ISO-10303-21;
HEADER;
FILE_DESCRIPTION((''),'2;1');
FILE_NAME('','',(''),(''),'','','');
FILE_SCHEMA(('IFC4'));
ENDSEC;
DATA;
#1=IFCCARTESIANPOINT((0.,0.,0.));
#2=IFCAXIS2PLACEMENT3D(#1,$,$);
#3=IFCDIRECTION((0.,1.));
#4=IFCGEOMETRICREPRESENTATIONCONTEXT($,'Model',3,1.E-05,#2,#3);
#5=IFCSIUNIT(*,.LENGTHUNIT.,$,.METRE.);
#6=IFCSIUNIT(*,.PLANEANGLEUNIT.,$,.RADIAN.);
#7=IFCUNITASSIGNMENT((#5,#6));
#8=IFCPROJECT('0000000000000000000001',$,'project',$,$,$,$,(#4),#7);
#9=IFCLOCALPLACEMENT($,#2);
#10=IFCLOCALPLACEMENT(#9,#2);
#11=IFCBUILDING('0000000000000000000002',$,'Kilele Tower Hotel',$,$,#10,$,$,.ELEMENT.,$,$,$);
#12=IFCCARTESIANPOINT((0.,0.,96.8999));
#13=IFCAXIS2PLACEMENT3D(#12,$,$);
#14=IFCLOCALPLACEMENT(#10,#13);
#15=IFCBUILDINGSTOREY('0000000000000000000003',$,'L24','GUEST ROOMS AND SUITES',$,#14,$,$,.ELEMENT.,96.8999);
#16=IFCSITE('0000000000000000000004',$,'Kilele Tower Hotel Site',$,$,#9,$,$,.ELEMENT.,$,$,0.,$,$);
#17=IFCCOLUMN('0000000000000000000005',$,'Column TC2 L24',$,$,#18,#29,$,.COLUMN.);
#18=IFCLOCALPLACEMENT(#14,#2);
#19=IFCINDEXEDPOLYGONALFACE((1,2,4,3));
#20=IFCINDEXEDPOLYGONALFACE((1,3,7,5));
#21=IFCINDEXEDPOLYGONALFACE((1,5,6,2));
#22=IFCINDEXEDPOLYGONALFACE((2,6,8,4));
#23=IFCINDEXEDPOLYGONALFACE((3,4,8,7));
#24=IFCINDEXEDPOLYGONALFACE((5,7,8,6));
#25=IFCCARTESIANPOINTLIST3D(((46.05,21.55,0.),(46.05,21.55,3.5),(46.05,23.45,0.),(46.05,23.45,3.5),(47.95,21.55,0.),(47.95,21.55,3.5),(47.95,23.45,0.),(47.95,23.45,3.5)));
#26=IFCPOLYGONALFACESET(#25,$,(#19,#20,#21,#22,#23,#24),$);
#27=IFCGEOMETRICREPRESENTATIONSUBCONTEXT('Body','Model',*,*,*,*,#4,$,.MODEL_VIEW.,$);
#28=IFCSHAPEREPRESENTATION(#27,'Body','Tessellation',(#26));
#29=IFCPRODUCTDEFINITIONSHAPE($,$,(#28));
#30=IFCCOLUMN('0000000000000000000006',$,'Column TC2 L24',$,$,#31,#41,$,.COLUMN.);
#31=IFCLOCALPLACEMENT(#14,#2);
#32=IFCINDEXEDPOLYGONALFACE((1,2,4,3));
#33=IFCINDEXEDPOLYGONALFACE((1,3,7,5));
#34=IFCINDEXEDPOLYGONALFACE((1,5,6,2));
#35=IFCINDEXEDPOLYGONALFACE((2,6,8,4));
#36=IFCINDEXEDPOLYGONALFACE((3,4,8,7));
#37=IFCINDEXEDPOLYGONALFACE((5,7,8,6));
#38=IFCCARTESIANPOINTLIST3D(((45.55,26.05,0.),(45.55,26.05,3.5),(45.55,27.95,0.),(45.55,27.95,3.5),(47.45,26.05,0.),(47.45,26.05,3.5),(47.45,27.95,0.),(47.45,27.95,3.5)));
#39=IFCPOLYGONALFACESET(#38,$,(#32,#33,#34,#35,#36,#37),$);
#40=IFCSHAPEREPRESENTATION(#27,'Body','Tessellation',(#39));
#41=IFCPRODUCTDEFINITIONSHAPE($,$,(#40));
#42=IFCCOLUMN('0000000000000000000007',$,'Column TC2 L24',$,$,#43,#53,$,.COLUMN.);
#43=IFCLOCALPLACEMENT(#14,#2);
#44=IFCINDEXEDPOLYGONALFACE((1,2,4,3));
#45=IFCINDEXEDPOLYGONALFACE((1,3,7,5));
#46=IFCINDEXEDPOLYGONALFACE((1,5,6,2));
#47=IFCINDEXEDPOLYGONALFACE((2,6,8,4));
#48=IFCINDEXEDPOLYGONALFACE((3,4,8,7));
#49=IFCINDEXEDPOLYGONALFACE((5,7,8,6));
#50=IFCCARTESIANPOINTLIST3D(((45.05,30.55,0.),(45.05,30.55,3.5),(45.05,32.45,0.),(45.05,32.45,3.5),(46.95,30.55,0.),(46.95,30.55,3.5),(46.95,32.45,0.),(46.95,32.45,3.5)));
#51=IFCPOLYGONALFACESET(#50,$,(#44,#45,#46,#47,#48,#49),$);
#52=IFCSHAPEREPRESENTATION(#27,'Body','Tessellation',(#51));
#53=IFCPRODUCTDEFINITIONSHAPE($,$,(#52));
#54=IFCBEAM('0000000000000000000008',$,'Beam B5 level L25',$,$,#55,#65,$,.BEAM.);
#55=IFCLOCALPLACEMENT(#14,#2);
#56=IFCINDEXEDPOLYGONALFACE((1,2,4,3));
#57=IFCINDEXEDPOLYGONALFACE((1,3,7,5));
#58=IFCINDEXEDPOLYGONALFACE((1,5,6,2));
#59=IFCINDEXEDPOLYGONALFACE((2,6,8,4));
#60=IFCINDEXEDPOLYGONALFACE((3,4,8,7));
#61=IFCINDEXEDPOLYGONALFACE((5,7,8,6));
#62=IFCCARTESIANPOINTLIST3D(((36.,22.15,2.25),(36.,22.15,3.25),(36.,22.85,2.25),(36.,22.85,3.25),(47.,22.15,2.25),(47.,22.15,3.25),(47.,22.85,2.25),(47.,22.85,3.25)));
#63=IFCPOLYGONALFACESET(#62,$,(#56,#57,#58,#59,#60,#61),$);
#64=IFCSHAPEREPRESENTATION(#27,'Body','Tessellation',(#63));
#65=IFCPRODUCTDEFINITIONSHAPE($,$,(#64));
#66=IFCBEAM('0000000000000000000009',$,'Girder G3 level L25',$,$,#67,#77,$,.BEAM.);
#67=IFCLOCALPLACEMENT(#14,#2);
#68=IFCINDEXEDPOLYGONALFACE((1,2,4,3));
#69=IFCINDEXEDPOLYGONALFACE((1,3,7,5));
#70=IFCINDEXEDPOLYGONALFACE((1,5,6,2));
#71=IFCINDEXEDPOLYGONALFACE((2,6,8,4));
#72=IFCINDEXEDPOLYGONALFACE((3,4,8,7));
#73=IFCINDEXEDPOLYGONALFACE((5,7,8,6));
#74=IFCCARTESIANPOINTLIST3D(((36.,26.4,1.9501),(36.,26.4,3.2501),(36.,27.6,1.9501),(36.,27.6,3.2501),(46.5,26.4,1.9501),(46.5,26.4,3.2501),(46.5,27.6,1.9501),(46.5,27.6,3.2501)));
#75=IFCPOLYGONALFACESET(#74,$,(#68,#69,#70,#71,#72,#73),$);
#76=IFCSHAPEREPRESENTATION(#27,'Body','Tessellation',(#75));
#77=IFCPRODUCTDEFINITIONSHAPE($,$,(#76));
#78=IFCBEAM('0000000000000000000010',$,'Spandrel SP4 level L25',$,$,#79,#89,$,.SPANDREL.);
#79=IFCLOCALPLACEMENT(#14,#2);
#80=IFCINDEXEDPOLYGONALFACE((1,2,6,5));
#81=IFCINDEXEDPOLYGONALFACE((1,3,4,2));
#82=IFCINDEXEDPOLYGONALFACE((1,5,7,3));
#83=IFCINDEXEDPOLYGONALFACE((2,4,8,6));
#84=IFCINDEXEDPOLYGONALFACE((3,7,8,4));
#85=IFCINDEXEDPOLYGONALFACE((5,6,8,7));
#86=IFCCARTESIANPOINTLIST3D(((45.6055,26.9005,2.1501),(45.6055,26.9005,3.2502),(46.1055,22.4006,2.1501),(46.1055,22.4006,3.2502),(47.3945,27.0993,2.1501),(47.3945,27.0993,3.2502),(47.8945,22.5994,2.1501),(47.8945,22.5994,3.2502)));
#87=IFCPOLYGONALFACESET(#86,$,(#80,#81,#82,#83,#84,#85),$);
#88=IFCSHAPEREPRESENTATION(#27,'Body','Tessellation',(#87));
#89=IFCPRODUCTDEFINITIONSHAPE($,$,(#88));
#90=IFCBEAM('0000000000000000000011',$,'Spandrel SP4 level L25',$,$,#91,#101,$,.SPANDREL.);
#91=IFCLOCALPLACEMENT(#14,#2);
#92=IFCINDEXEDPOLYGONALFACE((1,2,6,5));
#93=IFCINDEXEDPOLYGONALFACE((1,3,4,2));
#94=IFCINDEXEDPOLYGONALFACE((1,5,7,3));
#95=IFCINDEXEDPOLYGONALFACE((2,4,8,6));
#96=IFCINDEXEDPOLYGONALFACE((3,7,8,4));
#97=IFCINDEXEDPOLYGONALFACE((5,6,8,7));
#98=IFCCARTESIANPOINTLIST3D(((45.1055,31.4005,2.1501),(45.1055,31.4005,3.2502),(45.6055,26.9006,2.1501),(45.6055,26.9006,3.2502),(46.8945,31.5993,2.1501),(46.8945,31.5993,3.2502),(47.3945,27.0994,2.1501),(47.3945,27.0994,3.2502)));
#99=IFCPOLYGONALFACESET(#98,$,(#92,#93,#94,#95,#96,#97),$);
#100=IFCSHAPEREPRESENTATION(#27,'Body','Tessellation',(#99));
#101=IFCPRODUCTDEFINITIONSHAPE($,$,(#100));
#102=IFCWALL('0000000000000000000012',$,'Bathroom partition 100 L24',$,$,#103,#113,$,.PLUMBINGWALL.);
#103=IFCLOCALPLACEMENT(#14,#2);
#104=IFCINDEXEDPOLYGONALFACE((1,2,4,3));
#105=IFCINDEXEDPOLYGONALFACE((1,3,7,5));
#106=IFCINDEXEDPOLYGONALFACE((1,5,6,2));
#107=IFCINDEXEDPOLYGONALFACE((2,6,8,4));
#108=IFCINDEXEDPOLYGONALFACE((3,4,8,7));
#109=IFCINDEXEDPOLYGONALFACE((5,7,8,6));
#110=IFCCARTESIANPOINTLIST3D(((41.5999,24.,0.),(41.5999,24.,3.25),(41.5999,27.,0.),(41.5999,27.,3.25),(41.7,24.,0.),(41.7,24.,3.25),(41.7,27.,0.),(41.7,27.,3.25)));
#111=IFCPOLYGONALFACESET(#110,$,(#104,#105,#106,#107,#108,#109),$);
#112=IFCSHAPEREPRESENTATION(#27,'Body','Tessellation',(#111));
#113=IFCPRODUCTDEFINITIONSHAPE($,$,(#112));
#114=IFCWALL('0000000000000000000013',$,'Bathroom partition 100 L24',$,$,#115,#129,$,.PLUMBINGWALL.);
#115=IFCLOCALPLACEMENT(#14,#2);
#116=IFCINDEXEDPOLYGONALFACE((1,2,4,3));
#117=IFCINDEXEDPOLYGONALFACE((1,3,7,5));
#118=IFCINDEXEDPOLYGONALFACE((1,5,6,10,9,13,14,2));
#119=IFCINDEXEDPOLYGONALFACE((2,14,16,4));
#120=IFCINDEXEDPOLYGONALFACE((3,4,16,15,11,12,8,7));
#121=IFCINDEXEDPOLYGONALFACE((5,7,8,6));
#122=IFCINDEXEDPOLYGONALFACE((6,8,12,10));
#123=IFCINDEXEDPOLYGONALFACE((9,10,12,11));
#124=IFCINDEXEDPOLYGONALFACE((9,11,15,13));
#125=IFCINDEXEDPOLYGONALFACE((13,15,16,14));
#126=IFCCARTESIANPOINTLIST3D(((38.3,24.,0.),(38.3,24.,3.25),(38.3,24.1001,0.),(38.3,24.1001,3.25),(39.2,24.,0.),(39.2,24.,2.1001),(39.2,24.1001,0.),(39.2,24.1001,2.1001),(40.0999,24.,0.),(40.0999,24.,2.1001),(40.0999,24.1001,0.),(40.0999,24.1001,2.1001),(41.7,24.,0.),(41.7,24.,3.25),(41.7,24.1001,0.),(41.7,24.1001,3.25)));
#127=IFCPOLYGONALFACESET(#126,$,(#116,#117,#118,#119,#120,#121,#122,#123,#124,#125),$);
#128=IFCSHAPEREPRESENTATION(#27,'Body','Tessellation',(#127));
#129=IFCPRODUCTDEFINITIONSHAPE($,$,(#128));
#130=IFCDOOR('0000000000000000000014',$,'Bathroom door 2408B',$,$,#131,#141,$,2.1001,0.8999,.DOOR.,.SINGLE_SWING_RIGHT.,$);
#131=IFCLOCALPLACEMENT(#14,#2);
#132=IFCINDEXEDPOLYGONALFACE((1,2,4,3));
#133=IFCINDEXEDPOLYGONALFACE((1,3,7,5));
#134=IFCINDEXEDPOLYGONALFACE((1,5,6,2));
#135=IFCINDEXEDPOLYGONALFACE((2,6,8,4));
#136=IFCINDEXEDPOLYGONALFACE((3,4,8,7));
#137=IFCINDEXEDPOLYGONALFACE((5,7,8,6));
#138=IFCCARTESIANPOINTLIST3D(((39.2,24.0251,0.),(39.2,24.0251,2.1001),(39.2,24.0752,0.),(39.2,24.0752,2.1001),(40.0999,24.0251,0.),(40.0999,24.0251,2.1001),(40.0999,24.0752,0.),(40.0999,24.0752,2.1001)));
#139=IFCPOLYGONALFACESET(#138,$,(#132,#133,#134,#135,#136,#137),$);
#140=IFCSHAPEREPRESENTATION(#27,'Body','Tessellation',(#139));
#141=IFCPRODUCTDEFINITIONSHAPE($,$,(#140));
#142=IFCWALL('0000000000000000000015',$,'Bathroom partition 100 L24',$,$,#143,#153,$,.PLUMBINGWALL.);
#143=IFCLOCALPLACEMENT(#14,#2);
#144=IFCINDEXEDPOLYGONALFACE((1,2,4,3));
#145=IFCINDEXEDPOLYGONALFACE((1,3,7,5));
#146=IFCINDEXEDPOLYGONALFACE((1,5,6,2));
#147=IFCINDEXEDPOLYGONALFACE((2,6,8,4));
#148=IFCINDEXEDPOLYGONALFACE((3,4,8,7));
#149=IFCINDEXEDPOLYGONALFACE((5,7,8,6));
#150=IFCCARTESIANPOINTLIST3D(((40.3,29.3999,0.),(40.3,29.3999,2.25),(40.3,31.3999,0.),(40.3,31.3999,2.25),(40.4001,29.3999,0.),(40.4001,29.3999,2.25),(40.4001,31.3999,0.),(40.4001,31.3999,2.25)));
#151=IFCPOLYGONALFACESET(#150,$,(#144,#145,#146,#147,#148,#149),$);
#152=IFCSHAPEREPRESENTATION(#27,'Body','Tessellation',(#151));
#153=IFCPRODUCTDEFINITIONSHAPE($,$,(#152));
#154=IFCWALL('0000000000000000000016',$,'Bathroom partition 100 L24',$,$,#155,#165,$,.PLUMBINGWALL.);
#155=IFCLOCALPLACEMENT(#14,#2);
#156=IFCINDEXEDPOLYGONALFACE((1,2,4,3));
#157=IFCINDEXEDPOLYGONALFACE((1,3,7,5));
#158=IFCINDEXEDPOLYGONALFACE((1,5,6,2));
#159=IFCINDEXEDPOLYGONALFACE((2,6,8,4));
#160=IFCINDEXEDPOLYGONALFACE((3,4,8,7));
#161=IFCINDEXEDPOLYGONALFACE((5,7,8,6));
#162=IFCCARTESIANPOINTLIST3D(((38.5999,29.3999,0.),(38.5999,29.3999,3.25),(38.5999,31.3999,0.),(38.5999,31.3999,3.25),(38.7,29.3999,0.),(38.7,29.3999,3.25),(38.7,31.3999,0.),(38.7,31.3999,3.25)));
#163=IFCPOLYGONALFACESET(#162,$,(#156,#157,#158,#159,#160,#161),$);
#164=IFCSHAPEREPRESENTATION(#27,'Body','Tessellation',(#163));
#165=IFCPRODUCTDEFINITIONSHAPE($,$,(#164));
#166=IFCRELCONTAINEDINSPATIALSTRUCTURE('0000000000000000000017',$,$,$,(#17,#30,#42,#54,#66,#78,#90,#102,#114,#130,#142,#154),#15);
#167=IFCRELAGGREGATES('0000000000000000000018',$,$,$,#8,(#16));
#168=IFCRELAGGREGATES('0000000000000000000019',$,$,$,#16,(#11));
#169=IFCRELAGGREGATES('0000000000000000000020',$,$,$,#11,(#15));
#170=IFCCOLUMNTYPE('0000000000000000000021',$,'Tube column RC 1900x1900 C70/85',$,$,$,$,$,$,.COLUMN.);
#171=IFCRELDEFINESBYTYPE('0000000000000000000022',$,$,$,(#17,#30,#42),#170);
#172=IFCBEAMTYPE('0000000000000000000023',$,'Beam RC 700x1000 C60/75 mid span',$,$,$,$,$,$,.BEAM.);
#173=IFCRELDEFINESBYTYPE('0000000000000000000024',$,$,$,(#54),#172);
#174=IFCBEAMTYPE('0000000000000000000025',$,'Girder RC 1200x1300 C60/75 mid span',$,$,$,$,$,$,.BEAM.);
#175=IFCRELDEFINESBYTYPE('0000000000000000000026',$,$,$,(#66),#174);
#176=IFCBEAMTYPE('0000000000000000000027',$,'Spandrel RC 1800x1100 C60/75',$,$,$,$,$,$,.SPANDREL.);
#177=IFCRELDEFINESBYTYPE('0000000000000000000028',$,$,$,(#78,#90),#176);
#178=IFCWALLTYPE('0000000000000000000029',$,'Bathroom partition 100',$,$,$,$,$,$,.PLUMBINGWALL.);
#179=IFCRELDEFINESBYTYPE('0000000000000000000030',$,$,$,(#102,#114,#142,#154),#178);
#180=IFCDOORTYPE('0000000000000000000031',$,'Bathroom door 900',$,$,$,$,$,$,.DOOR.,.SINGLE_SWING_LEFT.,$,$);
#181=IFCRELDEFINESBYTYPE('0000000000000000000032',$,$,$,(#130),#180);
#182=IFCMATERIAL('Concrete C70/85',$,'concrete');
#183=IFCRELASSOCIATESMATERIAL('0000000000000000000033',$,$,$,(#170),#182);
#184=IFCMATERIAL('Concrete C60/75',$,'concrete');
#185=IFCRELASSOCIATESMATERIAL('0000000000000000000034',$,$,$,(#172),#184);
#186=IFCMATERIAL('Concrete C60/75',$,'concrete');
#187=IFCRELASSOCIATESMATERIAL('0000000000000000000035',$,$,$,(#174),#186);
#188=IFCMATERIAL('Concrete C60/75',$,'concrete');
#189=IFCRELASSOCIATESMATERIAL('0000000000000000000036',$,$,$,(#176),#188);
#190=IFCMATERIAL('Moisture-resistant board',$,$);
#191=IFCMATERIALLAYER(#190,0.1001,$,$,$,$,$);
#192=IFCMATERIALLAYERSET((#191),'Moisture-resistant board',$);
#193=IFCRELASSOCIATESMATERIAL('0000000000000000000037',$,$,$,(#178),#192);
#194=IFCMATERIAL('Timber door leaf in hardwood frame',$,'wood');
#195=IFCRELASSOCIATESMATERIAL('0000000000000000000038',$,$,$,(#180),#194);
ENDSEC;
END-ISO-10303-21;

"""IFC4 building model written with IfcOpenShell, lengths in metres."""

from ifc_helpers import new_model, si_unit, direction, frame, frame_2d, origin, origin_2d, place, context, subcontext, project, spatial, rectangle, extrude, material, layer, layer_set, material_profile, profile_set, type_object, element, fill, save


model = new_model("IFC4")

# Units and contexts
model_context = context("Model", 3, precision=1e-05, world=origin(), true_north=direction((0.0, 1.0)))
body_context = subcontext(model_context, "Body", "Model", "MODEL_VIEW")
ifc_project = project(units=[si_unit("LENGTHUNIT", "METRE"), si_unit("PLANEANGLEUNIT", "RADIAN")], contexts=[model_context])

# Site, building, storey
site_placement = place(None, origin())
site = spatial("IfcSite", under=ifc_project, at=site_placement, Name="Kilele Tower Hotel Site", CompositionType="ELEMENT", RefElevation=0.0)
building_placement = place(site_placement, origin())
building = spatial("IfcBuilding", under=site, at=building_placement, Name="Kilele Tower Hotel", CompositionType="ELEMENT")
storey_placement = place(building_placement, frame((0.0, 0.0, 96.8999)))
storey = spatial("IfcBuildingStorey", under=building, at=storey_placement, Name="L24", Description="GUEST ROOMS AND SUITES", CompositionType="ELEMENT", Elevation=96.8999)

# Columns
ifc_material_1 = material(Name="Concrete C70/85", Category="concrete")
ifc_material_profile_1 = material_profile(ifc_material_1, rectangle(XDim=1.8999, YDim=1.8999, at=origin_2d()))
ifc_profile_set_1 = profile_set([ifc_material_profile_1], Name="Concrete C70/85")
column_type = type_object("IfcColumnType", Name="Tube column RC 1900x1900 C70/85", PredefinedType="COLUMN", material=ifc_profile_set_1)
for number, where, z_axis, x_axis, name in (
    (1, (47.0, 22.5, 0.0), (0.0, 0.0, 1.0), (1.0, 0.0, 0.0), "Column TC2 L24"),
    (2, (46.5, 27.0, 0.0), (0.0, 0.0, 1.0), (1.0, 0.0, 0.0), "Column TC2 L24"),
    (3, (46.0, 31.5, 0.0), (0.0, 0.0, 1.0), (1.0, 0.0, 0.0), "Column TC2 L24"),
):
    element("IfcColumn", number, at=place(storey_placement, frame(where, z_axis=z_axis, x_axis=x_axis)), inside=storey, type_object=column_type, Name=name, PredefinedType="COLUMN", context=body_context, shape_type="SweptSolid", body=[
        extrude(rectangle(XDim=1.8999, YDim=1.8999, at=origin_2d()), origin(), (0.0, 0.0, 1.0), 3.5),
    ])

# Beams
ifc_material_2 = material(Name="Concrete C60/75", Category="concrete")
ifc_material_profile_2 = material_profile(ifc_material_2, rectangle(XDim=0.7, YDim=1.0, at=origin_2d()))
ifc_profile_set_2 = profile_set([ifc_material_profile_2], Name="Concrete C60/75")
beam_type_1 = type_object("IfcBeamType", Name="Beam RC 700x1000 C60/75 mid span", PredefinedType="BEAM", material=ifc_profile_set_2)
beam_1_placement = place(storey_placement, frame((47.0, 22.5, 2.75), z_axis=(-1.0, 0.0, 0.0), x_axis=(0.0, -1.0, 0.0)))
element("IfcBeam", 4, at=beam_1_placement, inside=storey, type_object=beam_type_1, Name="Beam B5 level L25", PredefinedType="BEAM", context=body_context, shape_type="SweptSolid", body=[
    extrude(rectangle(XDim=0.7, YDim=1.0, at=origin_2d()), origin(), (0.0, 0.0, 1.0), 11.0),
])
ifc_material_3 = material(Name="Concrete C60/75", Category="concrete")
ifc_material_profile_3 = material_profile(ifc_material_3, rectangle(XDim=1.2, YDim=1.3, at=origin_2d()))
ifc_profile_set_3 = profile_set([ifc_material_profile_3], Name="Concrete C60/75")
beam_type_2 = type_object("IfcBeamType", Name="Girder RC 1200x1300 C60/75 mid span", PredefinedType="BEAM", material=ifc_profile_set_3)
beam_2_placement = place(storey_placement, frame((46.5, 27.0, 2.6001), z_axis=(-1.0, 0.0, 0.0), x_axis=(0.0, -1.0, 0.0)))
element("IfcBeam", 5, at=beam_2_placement, inside=storey, type_object=beam_type_2, Name="Girder G3 level L25", PredefinedType="BEAM", context=body_context, shape_type="SweptSolid", body=[
    extrude(rectangle(XDim=1.2, YDim=1.3, at=origin_2d()), origin(), (0.0, 0.0, 1.0), 10.5),
])
ifc_material_4 = material(Name="Concrete C60/75", Category="concrete")
ifc_material_profile_4 = material_profile(ifc_material_4, rectangle(XDim=1.8, YDim=1.1001, at=origin_2d()))
ifc_profile_set_4 = profile_set([ifc_material_profile_4], Name="Concrete C60/75")
beam_type_3 = type_object("IfcBeamType", Name="Spandrel RC 1800x1100 C60/75", PredefinedType="SPANDREL", material=ifc_profile_set_4)
for number, where, z_axis, x_axis, name in (
    (6, (47.0, 22.5, 2.7002), (-0.110432, 0.993884, 0.0), (-0.993884, -0.110432, 0.0), "Spandrel SP4 level L25"),
    (7, (46.5, 27.0, 2.7002), (-0.110432, 0.993884, 0.0), (-0.993884, -0.110432, 0.0), "Spandrel SP4 level L25"),
):
    element("IfcBeam", number, at=place(storey_placement, frame(where, z_axis=z_axis, x_axis=x_axis)), inside=storey, type_object=beam_type_3, Name=name, PredefinedType="SPANDREL", context=body_context, shape_type="SweptSolid", body=[
        extrude(rectangle(XDim=1.8, YDim=1.1001, at=origin_2d()), origin(), (0.0, 0.0, 1.0), 4.5276),
    ])

# Wall
ifc_material_5 = material(Name="Moisture-resistant board")
ifc_layer_1 = layer(ifc_material_5, 0.1001)
ifc_layer_set_1 = layer_set([ifc_layer_1], Name="Moisture-resistant board")
wall_type_1 = type_object("IfcWallType", Name="Bathroom partition 100", PredefinedType="PLUMBINGWALL", material=ifc_layer_set_1)
wall_1_placement = place(storey_placement, frame((41.6499, 24.0, 0.0), z_axis=(0.0, 0.0, 1.0), x_axis=(0.0, 1.0, 0.0)))
element("IfcWall", 8, at=wall_1_placement, inside=storey, type_object=wall_type_1, Name="Bathroom partition 100 L24", PredefinedType="PLUMBINGWALL", context=body_context, shape_type="SweptSolid", body=[
    extrude(rectangle(XDim=3.0, YDim=0.1001, at=frame_2d((1.5, 0.0))), origin(), (0.0, 0.0, 1.0), 3.25),
])

# Wall, opening, door
wall_2_placement = place(storey_placement, frame((38.3, 24.05, 0.0), z_axis=(0.0, 0.0, 1.0), x_axis=(1.0, 0.0, 0.0)))
wall_2 = element("IfcWall", 9, at=wall_2_placement, inside=storey, type_object=wall_type_1, Name="Bathroom partition 100 L24", PredefinedType="PLUMBINGWALL", context=body_context, shape_type="SweptSolid", body=[
    extrude(rectangle(XDim=3.3999, YDim=0.1001, at=frame_2d((1.7, 0.0))), origin(), (0.0, 0.0, 1.0), 3.25),
])
opening_1_placement = place(wall_2_placement, frame((1.7998, 0.0, 0.0), z_axis=(0.0, 0.0, 1.0), x_axis=(-1.0, 0.0, 0.0)))
opening_1 = element("IfcOpeningElement", 10, at=opening_1_placement, cuts=wall_2, PredefinedType="OPENING", context=body_context, shape_type="SweptSolid", body=[
    extrude(rectangle(XDim=0.8999, YDim=2.1001, at=frame_2d((0.45, 1.05))), frame((0.0, 0.0601, 0.0), z_axis=(0.0, -1.0, 0.0), x_axis=(1.0, 0.0, 0.0)), (0.0, 0.0, 1.0), 0.1201),
])
ifc_material_6 = material(Name="Timber door leaf in hardwood frame", Category="wood")
door_type_1 = type_object("IfcDoorType", Name="Bathroom door 900", OperationType="SINGLE_SWING_LEFT", PredefinedType="DOOR", material=ifc_material_6)
door_1_placement = place(opening_1_placement, origin())
door_1 = element("IfcDoor", 11, at=door_1_placement, inside=storey, type_object=door_type_1, Name="Bathroom door 2408B", OperationType="SINGLE_SWING_RIGHT", OverallHeight=2.1001, OverallWidth=0.8999, PredefinedType="DOOR", context=body_context, shape_type="SweptSolid", body=[
    extrude(rectangle(XDim=0.8999, YDim=2.1001, at=frame_2d((0.45, 1.05))), frame((0.0, 0.0249, 0.0), z_axis=(0.0, -1.0, 0.0), x_axis=(1.0, 0.0, 0.0)), (0.0, 0.0, 1.0), 0.05),
])
fill(opening_1, door_1)

# Walls
wall_3_placement = place(storey_placement, frame((40.3501, 31.3999, 0.0), z_axis=(0.0, 0.0, 1.0), x_axis=(0.0, -1.0, 0.0)))
element("IfcWall", 12, at=wall_3_placement, inside=storey, type_object=wall_type_1, Name="Bathroom partition 100 L24", PredefinedType="PLUMBINGWALL", context=body_context, shape_type="SweptSolid", body=[
    extrude(rectangle(XDim=2.0, YDim=0.1001, at=frame_2d((1.0, 0.0))), origin(), (0.0, 0.0, 1.0), 2.25),
])
wall_4_placement = place(storey_placement, frame((38.6499, 31.3999, 0.0), z_axis=(0.0, 0.0, 1.0), x_axis=(0.0, -1.0, 0.0)))
element("IfcWall", 13, at=wall_4_placement, inside=storey, type_object=wall_type_1, Name="Bathroom partition 100 L24", PredefinedType="PLUMBINGWALL", context=body_context, shape_type="SweptSolid", body=[
    extrude(rectangle(XDim=2.0, YDim=0.1001, at=frame_2d((1.0, 0.0))), origin(), (0.0, 0.0, 1.0), 3.25),
])

save(model, "model.ifc")
